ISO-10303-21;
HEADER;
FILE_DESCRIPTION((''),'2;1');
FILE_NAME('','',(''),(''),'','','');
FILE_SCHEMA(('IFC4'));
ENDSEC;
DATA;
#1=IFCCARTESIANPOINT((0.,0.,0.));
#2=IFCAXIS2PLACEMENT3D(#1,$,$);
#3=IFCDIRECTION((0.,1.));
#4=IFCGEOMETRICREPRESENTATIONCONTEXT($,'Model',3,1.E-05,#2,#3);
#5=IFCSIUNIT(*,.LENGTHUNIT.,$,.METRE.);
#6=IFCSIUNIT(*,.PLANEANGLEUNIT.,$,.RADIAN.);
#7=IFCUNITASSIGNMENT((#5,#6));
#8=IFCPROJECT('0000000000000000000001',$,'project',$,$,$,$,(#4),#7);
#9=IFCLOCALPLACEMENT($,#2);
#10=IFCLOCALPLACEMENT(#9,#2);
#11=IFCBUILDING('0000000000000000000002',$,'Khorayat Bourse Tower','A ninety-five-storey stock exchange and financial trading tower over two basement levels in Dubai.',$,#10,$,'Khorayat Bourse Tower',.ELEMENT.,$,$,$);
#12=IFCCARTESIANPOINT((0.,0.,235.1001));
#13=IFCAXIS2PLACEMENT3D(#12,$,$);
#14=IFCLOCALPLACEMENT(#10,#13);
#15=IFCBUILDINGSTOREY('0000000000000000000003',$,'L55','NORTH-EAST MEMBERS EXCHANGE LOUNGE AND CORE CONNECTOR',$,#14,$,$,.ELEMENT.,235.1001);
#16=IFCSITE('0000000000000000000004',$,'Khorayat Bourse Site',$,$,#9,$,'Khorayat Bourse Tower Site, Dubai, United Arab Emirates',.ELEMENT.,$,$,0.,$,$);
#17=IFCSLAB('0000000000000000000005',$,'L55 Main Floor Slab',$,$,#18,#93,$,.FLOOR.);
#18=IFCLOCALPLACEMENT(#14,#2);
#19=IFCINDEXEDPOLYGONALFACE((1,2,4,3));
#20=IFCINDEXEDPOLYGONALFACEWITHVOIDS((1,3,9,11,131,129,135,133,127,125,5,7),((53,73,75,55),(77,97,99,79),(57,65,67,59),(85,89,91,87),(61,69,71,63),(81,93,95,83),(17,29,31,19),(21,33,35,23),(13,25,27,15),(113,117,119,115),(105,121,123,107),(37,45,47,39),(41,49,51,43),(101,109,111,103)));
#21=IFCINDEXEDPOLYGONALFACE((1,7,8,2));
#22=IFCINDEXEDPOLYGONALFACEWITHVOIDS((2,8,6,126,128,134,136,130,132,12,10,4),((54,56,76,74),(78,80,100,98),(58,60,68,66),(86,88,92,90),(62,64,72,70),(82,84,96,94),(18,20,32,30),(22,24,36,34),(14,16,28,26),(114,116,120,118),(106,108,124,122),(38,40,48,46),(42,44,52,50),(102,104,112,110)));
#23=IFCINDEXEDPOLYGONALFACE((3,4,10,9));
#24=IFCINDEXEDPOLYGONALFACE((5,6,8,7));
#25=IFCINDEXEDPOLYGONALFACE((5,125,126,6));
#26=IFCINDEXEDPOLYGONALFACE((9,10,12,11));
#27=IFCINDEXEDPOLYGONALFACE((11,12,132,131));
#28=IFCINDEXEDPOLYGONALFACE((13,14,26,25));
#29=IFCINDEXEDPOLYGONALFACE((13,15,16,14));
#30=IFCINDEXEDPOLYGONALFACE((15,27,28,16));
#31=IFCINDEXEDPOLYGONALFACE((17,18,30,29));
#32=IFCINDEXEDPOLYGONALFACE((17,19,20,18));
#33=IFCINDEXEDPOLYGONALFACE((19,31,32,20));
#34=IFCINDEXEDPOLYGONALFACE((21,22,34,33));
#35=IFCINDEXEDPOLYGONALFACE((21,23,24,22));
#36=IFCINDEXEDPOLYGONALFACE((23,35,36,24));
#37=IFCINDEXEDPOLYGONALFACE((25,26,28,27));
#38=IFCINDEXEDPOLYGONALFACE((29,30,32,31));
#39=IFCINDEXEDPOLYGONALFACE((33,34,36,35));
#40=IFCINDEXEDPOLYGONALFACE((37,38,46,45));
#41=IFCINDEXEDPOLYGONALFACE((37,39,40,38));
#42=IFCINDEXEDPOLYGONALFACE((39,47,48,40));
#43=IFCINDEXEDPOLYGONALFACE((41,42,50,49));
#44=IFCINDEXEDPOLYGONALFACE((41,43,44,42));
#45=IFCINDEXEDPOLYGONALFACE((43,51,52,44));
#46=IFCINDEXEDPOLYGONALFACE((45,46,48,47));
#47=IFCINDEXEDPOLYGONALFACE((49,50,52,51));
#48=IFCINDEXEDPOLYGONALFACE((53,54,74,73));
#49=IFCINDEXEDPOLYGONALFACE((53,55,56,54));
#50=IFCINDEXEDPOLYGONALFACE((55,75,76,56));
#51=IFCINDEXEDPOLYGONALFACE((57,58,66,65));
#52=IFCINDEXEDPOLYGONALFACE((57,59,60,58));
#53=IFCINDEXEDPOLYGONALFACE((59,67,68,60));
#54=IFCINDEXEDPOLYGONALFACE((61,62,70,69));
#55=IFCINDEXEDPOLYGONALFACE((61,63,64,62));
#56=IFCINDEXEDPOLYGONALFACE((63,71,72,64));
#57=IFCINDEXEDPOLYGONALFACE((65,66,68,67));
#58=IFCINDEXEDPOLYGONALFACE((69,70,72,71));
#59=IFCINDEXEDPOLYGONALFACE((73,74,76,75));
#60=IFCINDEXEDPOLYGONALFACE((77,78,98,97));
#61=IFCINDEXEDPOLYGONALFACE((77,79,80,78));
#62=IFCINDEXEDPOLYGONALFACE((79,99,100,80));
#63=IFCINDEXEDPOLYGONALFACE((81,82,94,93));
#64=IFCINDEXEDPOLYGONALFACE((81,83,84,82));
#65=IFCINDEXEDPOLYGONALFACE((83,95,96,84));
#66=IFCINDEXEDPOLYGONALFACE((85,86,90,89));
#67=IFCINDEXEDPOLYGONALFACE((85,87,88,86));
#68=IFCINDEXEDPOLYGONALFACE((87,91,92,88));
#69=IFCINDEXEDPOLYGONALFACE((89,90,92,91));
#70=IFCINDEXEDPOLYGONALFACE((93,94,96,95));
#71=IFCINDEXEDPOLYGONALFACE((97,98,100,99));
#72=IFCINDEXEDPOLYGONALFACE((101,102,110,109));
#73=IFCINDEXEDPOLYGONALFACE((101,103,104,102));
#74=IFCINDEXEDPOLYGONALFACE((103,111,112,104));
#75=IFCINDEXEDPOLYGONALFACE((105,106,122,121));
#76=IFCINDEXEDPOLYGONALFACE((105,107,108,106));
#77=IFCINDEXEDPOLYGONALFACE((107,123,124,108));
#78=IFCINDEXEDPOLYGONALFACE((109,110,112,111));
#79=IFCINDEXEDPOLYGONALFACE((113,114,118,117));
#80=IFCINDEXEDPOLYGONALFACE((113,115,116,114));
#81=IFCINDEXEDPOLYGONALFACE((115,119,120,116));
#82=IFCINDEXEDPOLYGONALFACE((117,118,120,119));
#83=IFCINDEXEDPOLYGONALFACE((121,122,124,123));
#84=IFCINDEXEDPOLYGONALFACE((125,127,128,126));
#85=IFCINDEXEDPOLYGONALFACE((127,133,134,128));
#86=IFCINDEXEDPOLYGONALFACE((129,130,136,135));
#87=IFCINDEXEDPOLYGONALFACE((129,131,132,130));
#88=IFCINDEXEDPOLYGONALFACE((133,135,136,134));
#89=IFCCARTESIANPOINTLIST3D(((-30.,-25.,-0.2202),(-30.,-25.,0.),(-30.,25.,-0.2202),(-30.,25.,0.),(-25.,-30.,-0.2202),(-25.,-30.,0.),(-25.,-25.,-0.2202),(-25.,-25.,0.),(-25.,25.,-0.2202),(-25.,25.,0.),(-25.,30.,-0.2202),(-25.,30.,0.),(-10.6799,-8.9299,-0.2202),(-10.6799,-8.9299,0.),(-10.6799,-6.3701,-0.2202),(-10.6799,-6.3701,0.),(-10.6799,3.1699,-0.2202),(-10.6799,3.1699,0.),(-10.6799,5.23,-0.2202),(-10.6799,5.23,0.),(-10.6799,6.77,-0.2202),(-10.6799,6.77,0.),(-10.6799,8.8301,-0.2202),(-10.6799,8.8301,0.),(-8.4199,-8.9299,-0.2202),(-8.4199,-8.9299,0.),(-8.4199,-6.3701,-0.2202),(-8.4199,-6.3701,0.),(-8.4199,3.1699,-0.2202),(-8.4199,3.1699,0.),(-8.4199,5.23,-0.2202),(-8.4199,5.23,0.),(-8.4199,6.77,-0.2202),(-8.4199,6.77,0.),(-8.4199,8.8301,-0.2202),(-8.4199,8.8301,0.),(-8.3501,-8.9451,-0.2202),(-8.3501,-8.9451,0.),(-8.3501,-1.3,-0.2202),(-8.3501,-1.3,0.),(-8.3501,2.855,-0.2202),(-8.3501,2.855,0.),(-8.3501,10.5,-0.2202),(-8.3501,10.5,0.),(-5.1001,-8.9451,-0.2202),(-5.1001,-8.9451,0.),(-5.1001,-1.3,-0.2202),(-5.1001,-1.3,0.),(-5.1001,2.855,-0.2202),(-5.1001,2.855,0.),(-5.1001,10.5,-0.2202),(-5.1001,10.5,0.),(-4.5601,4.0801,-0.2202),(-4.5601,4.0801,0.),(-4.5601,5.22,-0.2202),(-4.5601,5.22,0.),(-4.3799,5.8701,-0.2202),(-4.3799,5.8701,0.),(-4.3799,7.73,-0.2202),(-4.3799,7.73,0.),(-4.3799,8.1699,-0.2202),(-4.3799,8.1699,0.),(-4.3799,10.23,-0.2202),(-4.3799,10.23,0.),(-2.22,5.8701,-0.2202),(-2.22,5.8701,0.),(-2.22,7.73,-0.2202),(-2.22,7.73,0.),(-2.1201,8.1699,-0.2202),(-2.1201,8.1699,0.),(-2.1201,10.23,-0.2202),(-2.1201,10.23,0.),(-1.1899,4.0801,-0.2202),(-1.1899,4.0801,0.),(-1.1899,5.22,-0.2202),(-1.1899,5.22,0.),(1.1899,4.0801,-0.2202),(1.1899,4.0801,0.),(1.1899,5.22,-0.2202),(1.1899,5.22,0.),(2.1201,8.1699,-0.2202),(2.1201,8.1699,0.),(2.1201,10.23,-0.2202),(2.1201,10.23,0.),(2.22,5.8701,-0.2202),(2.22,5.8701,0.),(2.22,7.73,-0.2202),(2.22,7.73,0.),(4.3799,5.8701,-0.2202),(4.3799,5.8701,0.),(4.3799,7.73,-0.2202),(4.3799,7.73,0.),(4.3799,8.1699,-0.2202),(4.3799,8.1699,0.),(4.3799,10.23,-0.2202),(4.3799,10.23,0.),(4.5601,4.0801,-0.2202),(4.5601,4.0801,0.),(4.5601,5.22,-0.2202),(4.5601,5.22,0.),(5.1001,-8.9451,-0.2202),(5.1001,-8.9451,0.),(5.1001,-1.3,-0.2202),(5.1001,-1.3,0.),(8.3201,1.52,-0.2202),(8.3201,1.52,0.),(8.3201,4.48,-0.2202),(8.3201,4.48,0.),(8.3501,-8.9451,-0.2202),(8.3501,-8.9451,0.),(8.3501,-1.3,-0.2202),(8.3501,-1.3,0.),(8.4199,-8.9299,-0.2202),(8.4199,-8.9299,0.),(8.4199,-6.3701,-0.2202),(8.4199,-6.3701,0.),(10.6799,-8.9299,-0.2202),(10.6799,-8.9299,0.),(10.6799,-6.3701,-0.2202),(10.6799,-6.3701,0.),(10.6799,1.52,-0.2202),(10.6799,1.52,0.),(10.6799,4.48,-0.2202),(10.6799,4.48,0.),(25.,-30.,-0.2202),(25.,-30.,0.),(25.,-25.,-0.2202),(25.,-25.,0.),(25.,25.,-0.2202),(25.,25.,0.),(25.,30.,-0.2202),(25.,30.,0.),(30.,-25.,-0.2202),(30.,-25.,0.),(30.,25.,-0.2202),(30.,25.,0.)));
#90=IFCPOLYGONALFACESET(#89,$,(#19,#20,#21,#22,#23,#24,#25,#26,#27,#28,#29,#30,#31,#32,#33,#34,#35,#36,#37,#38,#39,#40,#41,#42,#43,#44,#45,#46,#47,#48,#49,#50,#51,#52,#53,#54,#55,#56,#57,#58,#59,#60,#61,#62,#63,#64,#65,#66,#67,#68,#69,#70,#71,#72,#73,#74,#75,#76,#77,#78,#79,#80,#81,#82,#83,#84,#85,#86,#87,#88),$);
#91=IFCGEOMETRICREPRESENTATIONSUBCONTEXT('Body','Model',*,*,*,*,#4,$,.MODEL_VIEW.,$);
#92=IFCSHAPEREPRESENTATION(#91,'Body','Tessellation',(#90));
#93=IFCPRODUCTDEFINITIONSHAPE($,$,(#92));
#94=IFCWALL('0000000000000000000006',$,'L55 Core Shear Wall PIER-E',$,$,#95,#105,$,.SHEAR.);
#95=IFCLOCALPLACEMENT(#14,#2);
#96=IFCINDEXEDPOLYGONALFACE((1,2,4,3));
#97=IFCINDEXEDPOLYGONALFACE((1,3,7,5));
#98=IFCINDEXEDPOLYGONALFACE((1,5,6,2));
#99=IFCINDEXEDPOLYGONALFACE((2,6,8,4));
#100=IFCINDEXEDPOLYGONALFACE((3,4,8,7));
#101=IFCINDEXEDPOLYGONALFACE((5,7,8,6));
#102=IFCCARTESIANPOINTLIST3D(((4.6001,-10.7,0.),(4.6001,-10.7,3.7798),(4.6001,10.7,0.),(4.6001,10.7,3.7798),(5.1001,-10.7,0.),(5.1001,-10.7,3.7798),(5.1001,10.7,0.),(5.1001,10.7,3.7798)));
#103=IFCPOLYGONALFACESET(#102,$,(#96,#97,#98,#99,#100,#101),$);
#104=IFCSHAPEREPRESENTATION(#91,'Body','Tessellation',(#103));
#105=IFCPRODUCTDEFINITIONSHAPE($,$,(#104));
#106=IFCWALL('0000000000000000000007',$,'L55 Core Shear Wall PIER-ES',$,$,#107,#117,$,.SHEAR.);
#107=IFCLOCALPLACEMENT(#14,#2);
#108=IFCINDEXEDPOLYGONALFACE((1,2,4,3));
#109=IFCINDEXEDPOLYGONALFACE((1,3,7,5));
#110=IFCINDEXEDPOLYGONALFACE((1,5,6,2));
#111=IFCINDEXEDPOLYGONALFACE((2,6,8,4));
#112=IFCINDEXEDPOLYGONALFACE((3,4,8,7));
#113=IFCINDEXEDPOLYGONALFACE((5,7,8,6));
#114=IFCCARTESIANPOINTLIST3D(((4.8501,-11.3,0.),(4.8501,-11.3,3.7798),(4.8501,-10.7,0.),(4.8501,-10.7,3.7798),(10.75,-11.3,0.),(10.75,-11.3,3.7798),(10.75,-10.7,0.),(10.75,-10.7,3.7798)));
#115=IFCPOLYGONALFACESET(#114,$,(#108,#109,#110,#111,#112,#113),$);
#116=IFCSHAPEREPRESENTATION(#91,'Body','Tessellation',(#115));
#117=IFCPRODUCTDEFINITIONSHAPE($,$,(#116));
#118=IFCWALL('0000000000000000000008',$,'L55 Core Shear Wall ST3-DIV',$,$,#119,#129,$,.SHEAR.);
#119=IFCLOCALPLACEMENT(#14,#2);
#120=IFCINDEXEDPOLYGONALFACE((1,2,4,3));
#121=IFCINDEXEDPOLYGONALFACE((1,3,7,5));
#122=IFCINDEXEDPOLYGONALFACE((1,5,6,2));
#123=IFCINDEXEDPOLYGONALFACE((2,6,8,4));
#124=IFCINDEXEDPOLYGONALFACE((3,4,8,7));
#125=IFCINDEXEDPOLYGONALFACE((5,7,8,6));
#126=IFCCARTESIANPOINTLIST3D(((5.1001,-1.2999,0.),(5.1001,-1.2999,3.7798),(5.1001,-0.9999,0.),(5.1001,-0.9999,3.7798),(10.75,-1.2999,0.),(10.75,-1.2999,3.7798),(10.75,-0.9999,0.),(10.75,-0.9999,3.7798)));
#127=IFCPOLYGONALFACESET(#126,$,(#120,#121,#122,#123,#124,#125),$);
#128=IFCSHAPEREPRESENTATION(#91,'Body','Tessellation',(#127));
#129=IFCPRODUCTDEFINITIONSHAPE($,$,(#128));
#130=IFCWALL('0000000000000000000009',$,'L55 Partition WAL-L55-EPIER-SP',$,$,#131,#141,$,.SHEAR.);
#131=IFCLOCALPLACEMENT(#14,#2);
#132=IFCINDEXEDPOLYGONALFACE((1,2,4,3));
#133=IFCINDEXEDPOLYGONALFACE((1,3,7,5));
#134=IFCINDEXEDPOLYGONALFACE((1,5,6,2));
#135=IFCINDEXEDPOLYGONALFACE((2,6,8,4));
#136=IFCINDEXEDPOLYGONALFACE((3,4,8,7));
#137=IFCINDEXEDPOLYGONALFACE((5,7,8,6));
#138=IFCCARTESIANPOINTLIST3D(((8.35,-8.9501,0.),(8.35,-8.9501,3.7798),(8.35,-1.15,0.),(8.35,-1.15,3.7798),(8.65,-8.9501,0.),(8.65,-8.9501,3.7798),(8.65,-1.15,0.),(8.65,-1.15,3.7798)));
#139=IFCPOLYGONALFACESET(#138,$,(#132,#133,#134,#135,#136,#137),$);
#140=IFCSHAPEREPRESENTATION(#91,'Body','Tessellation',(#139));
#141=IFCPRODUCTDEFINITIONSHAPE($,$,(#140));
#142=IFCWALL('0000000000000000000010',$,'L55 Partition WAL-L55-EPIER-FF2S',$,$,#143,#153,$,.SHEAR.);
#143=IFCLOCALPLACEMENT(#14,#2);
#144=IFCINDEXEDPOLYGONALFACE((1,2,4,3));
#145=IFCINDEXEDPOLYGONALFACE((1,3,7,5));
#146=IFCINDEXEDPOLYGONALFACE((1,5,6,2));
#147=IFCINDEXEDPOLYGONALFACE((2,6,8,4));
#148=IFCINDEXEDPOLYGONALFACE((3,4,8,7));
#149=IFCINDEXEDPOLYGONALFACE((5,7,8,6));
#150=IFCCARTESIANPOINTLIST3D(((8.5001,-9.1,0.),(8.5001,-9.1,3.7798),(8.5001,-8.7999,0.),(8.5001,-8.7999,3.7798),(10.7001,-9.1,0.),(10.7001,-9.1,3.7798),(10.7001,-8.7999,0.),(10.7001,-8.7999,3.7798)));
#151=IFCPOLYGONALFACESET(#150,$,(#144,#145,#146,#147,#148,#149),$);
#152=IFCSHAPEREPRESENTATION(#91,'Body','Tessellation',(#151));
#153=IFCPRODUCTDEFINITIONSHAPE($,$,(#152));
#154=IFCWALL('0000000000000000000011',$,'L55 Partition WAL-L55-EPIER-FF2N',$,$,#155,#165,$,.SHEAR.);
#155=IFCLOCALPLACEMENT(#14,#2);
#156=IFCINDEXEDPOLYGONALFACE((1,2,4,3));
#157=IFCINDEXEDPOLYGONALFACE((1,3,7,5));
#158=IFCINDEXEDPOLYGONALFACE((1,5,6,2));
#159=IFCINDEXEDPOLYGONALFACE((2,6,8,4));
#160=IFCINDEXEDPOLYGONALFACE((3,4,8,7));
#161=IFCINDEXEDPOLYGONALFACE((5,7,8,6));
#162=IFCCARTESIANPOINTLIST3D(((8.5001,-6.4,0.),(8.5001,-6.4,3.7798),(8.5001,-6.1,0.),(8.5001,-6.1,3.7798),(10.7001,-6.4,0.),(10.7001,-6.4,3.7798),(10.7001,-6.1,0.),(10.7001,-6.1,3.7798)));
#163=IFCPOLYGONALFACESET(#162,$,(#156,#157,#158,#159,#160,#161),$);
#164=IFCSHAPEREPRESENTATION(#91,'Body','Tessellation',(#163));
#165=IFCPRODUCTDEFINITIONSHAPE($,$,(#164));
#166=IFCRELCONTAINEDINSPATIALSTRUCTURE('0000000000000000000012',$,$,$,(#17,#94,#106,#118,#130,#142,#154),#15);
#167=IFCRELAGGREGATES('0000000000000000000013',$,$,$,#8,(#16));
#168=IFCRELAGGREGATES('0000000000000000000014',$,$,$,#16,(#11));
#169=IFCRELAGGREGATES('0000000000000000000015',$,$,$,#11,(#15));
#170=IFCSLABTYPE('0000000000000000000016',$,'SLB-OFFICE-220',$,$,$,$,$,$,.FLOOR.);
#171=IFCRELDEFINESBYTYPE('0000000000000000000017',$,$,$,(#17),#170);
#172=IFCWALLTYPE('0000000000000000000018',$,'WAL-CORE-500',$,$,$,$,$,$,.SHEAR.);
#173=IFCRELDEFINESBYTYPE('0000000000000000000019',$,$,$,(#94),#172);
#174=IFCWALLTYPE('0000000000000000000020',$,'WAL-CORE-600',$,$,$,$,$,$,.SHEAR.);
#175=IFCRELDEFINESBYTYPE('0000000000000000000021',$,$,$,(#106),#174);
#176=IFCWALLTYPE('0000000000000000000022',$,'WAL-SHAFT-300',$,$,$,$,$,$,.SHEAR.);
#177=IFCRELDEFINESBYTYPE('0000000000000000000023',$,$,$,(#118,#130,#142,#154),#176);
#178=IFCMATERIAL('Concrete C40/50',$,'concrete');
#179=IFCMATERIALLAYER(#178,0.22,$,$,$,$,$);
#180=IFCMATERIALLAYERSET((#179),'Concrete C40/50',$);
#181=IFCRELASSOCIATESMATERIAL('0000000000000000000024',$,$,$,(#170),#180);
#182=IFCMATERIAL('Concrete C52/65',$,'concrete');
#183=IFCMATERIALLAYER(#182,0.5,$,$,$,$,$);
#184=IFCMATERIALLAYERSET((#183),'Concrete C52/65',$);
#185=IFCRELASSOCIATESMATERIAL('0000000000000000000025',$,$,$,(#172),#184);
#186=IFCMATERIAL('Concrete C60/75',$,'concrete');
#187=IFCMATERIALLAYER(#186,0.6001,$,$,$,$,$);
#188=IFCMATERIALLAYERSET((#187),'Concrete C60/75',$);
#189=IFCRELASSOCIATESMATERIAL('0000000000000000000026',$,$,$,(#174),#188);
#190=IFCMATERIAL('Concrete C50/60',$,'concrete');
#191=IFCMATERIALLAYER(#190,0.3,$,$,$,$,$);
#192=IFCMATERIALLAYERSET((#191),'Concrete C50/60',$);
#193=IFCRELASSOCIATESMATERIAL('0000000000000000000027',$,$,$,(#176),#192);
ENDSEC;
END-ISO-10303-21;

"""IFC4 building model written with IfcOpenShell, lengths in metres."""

from ifc_helpers import new_model, si_unit, direction, frame, frame_2d, origin, place, context, subcontext, project, spatial, polyline, rectangle, outline, extrude, source, transform, mapped, material, layer, layer_set, type_object, element, save


model = new_model("IFC4")

# Units and contexts
model_context = context("Model", 3, precision=1e-05, world=origin(), true_north=direction((0.0, 1.0)))
body_context = subcontext(model_context, "Body", "Model", "MODEL_VIEW")
ifc_project = project(units=[si_unit("LENGTHUNIT", "METRE"), si_unit("PLANEANGLEUNIT", "RADIAN")], contexts=[model_context])

# Site, building, storey
site_placement = place(None, origin())
site = spatial("IfcSite", under=ifc_project, at=site_placement, Name="Khorayat Bourse Site", LongName="Khorayat Bourse Tower Site, Dubai, United Arab Emirates", CompositionType="ELEMENT", RefElevation=0.0)
building_placement = place(site_placement, origin())
building = spatial("IfcBuilding", under=site, at=building_placement, Name="Khorayat Bourse Tower", Description="A ninety-five-storey stock exchange and financial trading tower over two basement levels in Dubai.", LongName="Khorayat Bourse Tower", CompositionType="ELEMENT")
storey_placement = place(building_placement, frame((0.0, 0.0, 235.1001)))
storey = spatial("IfcBuildingStorey", under=building, at=storey_placement, Name="L55", Description="NORTH-EAST MEMBERS EXCHANGE LOUNGE AND CORE CONNECTOR", CompositionType="ELEMENT", Elevation=235.1001)

# Shared definitions
ifc_material_1 = material(Name="Concrete C60/75", Category="concrete")

# Slab
ifc_material_2 = material(Name="Concrete C40/50", Category="concrete")
ifc_layer_1 = layer(ifc_material_2, 0.22)
ifc_layer_set_1 = layer_set([ifc_layer_1], Name="Concrete C40/50")
slab_type = type_object("IfcSlabType", Name="SLB-OFFICE-220", PredefinedType="FLOOR", material=ifc_layer_set_1)
slab_placement = place(storey_placement, frame((0.0, 0.0, -0.2202)))
element("IfcSlab", 1, at=slab_placement, inside=storey, type_object=slab_type, Name="L55 Main Floor Slab", PredefinedType="FLOOR", context=body_context, shape_type="SweptSolid", body=[
    extrude(outline(polyline([(-25.0, -30.0), (25.0, -30.0), (25.0, -25.0), (30.0, -25.0), (30.0, 25.0), (25.0, 25.0), (25.0, 30.0), (-25.0, 30.0), (-25.0, 25.0), (-30.0, 25.0), (-30.0, -25.0), (-25.0, -25.0), (-25.0, -30.0)]), holes=[polyline([(-8.3501, -8.9451), (-5.1001, -8.9451), (-5.1001, -1.3), (-8.3501, -1.3), (-8.3501, -8.9451)]), polyline([(-8.3501, 2.855), (-5.1001, 2.855), (-5.1001, 10.5), (-8.3501, 10.5), (-8.3501, 2.855)]), polyline([(5.1001, -8.9451), (8.3501, -8.9451), (8.3501, -1.3), (5.1001, -1.3), (5.1001, -8.9451)]), polyline([(-4.3799, 8.1699), (-2.1201, 8.1699), (-2.1201, 10.23), (-4.3799, 10.23), (-4.3799, 8.1699)]), polyline([(2.1201, 8.1699), (4.3799, 8.1699), (4.3799, 10.23), (2.1201, 10.23), (2.1201, 8.1699)]), polyline([(-4.3799, 5.8701), (-2.22, 5.8701), (-2.22, 7.73), (-4.3799, 7.73), (-4.3799, 5.8701)]), polyline([(2.22, 5.8701), (4.3799, 5.8701), (4.3799, 7.73), (2.22, 7.73), (2.22, 5.8701)]), polyline([(-10.6799, 3.1699), (-8.4199, 3.1699), (-8.4199, 5.23), (-10.6799, 5.23), (-10.6799, 3.1699)]), polyline([(-10.6799, 6.77), (-8.4199, 6.77), (-8.4199, 8.8301), (-10.6799, 8.8301), (-10.6799, 6.77)]), polyline([(-10.6799, -8.9299), (-8.4199, -8.9299), (-8.4199, -6.3701), (-10.6799, -6.3701), (-10.6799, -8.9299)]), polyline([(8.4199, -8.9299), (10.6799, -8.9299), (10.6799, -6.3701), (8.4199, -6.3701), (8.4199, -8.9299)]), polyline([(8.3201, 1.52), (10.6799, 1.52), (10.6799, 4.48), (8.3201, 4.48), (8.3201, 1.52)]), polyline([(-4.5601, 4.0801), (-1.1899, 4.0801), (-1.1899, 5.22), (-4.5601, 5.22), (-4.5601, 4.0801)]), polyline([(1.1899, 4.0801), (4.5601, 4.0801), (4.5601, 5.22), (1.1899, 5.22), (1.1899, 4.0801)])]), origin(), (0.0, 0.0, 1.0), 0.2202),
])

# Walls
ifc_material_3 = material(Name="Concrete C52/65", Category="concrete")
ifc_layer_2 = layer(ifc_material_3, 0.5)
ifc_layer_set_2 = layer_set([ifc_layer_2], Name="Concrete C52/65")
wall_type_1 = type_object("IfcWallType", Name="WAL-CORE-500", PredefinedType="SHEAR", material=ifc_layer_set_2)
shared_shape_1 = source(origin(), body_context, "Body", "SweptSolid", [
    extrude(rectangle(XDim=21.3999, YDim=0.5, at=frame_2d((10.7, 0.0))), origin(), (0.0, 0.0, 1.0), 3.7798),
])
wall_1_placement = place(storey_placement, frame((4.8501, -10.7, 0.0), z_axis=(0.0, 0.0, 1.0), x_axis=(0.0, 1.0, 0.0)))
element("IfcWall", 2, at=wall_1_placement, inside=storey, type_object=wall_type_1, Name="L55 Core Shear Wall PIER-E", PredefinedType="SHEAR", context=body_context, shape_type="MappedRepresentation", body=[
    mapped(shared_shape_1, transform((0.0, 0.0, 0.0), scale=1.0)),
])
ifc_layer_3 = layer(ifc_material_1, 0.6001)
ifc_layer_set_3 = layer_set([ifc_layer_3], Name="Concrete C60/75")
wall_type_2 = type_object("IfcWallType", Name="WAL-CORE-600", PredefinedType="SHEAR", material=ifc_layer_set_3)
shared_shape_2 = source(origin(), body_context, "Body", "SweptSolid", [
    extrude(rectangle(XDim=5.8999, YDim=0.6001, at=frame_2d((2.95, 0.0))), origin(), (0.0, 0.0, 1.0), 3.7798),
])
wall_2_placement = place(storey_placement, frame((4.8501, -11.0, 0.0), z_axis=(0.0, 0.0, 1.0), x_axis=(1.0, 0.0, 0.0)))
element("IfcWall", 3, at=wall_2_placement, inside=storey, type_object=wall_type_2, Name="L55 Core Shear Wall PIER-ES", PredefinedType="SHEAR", context=body_context, shape_type="MappedRepresentation", body=[
    mapped(shared_shape_2, transform((0.0, 0.0, 0.0), scale=1.0)),
])
ifc_material_4 = material(Name="Concrete C50/60", Category="concrete")
ifc_layer_4 = layer(ifc_material_4, 0.3)
ifc_layer_set_4 = layer_set([ifc_layer_4], Name="Concrete C50/60")
wall_type_3 = type_object("IfcWallType", Name="WAL-SHAFT-300", PredefinedType="SHEAR", material=ifc_layer_set_4)
shared_shape_3 = source(origin(), body_context, "Body", "SweptSolid", [
    extrude(rectangle(XDim=5.6499, YDim=0.3, at=frame_2d((2.825, 0.0))), origin(), (0.0, 0.0, 1.0), 3.7798),
])
wall_3_placement = place(storey_placement, frame((5.1001, -1.1499, 0.0), z_axis=(0.0, 0.0, 1.0), x_axis=(1.0, 0.0, 0.0)))
element("IfcWall", 4, at=wall_3_placement, inside=storey, type_object=wall_type_3, Name="L55 Core Shear Wall ST3-DIV", PredefinedType="SHEAR", context=body_context, shape_type="MappedRepresentation", body=[
    mapped(shared_shape_3, transform((0.0, 0.0, 0.0), scale=1.0)),
])
shared_shape_4 = source(origin(), body_context, "Body", "SweptSolid", [
    extrude(rectangle(XDim=7.8, YDim=0.3, at=frame_2d((3.8999, 0.0))), origin(), (0.0, 0.0, 1.0), 3.7798),
])
wall_4_placement = place(storey_placement, frame((8.5, -8.95, 0.0), z_axis=(0.0, 0.0, 1.0), x_axis=(0.0, 1.0, 0.0)))
element("IfcWall", 5, at=wall_4_placement, inside=storey, type_object=wall_type_3, Name="L55 Partition WAL-L55-EPIER-SP", PredefinedType="SHEAR", context=body_context, shape_type="MappedRepresentation", body=[
    mapped(shared_shape_4, transform((0.0, 0.0, 0.0), scale=1.0)),
])
shared_shape_5 = source(origin(), body_context, "Body", "SweptSolid", [
    extrude(rectangle(XDim=2.2, YDim=0.3, at=frame_2d((1.1001, 0.0))), origin(), (0.0, 0.0, 1.0), 3.7798),
])
for number, where, z_axis, x_axis, name in (
    (6, (8.5, -8.95, 0.0), (0.0, 0.0, 1.0), (1.0, 0.0, 0.0), "L55 Partition WAL-L55-EPIER-FF2S"),
    (7, (8.5, -6.25, 0.0), (0.0, 0.0, 1.0), (1.0, 0.0, 0.0), "L55 Partition WAL-L55-EPIER-FF2N"),
):
    element("IfcWall", number, at=place(storey_placement, frame(where, z_axis=z_axis, x_axis=x_axis)), inside=storey, type_object=wall_type_3, Name=name, PredefinedType="SHEAR", context=body_context, shape_type="MappedRepresentation", body=[
        mapped(shared_shape_5, transform((0.0, 0.0, 0.0), scale=1.0)),
    ])

save(model, "model.ifc")
